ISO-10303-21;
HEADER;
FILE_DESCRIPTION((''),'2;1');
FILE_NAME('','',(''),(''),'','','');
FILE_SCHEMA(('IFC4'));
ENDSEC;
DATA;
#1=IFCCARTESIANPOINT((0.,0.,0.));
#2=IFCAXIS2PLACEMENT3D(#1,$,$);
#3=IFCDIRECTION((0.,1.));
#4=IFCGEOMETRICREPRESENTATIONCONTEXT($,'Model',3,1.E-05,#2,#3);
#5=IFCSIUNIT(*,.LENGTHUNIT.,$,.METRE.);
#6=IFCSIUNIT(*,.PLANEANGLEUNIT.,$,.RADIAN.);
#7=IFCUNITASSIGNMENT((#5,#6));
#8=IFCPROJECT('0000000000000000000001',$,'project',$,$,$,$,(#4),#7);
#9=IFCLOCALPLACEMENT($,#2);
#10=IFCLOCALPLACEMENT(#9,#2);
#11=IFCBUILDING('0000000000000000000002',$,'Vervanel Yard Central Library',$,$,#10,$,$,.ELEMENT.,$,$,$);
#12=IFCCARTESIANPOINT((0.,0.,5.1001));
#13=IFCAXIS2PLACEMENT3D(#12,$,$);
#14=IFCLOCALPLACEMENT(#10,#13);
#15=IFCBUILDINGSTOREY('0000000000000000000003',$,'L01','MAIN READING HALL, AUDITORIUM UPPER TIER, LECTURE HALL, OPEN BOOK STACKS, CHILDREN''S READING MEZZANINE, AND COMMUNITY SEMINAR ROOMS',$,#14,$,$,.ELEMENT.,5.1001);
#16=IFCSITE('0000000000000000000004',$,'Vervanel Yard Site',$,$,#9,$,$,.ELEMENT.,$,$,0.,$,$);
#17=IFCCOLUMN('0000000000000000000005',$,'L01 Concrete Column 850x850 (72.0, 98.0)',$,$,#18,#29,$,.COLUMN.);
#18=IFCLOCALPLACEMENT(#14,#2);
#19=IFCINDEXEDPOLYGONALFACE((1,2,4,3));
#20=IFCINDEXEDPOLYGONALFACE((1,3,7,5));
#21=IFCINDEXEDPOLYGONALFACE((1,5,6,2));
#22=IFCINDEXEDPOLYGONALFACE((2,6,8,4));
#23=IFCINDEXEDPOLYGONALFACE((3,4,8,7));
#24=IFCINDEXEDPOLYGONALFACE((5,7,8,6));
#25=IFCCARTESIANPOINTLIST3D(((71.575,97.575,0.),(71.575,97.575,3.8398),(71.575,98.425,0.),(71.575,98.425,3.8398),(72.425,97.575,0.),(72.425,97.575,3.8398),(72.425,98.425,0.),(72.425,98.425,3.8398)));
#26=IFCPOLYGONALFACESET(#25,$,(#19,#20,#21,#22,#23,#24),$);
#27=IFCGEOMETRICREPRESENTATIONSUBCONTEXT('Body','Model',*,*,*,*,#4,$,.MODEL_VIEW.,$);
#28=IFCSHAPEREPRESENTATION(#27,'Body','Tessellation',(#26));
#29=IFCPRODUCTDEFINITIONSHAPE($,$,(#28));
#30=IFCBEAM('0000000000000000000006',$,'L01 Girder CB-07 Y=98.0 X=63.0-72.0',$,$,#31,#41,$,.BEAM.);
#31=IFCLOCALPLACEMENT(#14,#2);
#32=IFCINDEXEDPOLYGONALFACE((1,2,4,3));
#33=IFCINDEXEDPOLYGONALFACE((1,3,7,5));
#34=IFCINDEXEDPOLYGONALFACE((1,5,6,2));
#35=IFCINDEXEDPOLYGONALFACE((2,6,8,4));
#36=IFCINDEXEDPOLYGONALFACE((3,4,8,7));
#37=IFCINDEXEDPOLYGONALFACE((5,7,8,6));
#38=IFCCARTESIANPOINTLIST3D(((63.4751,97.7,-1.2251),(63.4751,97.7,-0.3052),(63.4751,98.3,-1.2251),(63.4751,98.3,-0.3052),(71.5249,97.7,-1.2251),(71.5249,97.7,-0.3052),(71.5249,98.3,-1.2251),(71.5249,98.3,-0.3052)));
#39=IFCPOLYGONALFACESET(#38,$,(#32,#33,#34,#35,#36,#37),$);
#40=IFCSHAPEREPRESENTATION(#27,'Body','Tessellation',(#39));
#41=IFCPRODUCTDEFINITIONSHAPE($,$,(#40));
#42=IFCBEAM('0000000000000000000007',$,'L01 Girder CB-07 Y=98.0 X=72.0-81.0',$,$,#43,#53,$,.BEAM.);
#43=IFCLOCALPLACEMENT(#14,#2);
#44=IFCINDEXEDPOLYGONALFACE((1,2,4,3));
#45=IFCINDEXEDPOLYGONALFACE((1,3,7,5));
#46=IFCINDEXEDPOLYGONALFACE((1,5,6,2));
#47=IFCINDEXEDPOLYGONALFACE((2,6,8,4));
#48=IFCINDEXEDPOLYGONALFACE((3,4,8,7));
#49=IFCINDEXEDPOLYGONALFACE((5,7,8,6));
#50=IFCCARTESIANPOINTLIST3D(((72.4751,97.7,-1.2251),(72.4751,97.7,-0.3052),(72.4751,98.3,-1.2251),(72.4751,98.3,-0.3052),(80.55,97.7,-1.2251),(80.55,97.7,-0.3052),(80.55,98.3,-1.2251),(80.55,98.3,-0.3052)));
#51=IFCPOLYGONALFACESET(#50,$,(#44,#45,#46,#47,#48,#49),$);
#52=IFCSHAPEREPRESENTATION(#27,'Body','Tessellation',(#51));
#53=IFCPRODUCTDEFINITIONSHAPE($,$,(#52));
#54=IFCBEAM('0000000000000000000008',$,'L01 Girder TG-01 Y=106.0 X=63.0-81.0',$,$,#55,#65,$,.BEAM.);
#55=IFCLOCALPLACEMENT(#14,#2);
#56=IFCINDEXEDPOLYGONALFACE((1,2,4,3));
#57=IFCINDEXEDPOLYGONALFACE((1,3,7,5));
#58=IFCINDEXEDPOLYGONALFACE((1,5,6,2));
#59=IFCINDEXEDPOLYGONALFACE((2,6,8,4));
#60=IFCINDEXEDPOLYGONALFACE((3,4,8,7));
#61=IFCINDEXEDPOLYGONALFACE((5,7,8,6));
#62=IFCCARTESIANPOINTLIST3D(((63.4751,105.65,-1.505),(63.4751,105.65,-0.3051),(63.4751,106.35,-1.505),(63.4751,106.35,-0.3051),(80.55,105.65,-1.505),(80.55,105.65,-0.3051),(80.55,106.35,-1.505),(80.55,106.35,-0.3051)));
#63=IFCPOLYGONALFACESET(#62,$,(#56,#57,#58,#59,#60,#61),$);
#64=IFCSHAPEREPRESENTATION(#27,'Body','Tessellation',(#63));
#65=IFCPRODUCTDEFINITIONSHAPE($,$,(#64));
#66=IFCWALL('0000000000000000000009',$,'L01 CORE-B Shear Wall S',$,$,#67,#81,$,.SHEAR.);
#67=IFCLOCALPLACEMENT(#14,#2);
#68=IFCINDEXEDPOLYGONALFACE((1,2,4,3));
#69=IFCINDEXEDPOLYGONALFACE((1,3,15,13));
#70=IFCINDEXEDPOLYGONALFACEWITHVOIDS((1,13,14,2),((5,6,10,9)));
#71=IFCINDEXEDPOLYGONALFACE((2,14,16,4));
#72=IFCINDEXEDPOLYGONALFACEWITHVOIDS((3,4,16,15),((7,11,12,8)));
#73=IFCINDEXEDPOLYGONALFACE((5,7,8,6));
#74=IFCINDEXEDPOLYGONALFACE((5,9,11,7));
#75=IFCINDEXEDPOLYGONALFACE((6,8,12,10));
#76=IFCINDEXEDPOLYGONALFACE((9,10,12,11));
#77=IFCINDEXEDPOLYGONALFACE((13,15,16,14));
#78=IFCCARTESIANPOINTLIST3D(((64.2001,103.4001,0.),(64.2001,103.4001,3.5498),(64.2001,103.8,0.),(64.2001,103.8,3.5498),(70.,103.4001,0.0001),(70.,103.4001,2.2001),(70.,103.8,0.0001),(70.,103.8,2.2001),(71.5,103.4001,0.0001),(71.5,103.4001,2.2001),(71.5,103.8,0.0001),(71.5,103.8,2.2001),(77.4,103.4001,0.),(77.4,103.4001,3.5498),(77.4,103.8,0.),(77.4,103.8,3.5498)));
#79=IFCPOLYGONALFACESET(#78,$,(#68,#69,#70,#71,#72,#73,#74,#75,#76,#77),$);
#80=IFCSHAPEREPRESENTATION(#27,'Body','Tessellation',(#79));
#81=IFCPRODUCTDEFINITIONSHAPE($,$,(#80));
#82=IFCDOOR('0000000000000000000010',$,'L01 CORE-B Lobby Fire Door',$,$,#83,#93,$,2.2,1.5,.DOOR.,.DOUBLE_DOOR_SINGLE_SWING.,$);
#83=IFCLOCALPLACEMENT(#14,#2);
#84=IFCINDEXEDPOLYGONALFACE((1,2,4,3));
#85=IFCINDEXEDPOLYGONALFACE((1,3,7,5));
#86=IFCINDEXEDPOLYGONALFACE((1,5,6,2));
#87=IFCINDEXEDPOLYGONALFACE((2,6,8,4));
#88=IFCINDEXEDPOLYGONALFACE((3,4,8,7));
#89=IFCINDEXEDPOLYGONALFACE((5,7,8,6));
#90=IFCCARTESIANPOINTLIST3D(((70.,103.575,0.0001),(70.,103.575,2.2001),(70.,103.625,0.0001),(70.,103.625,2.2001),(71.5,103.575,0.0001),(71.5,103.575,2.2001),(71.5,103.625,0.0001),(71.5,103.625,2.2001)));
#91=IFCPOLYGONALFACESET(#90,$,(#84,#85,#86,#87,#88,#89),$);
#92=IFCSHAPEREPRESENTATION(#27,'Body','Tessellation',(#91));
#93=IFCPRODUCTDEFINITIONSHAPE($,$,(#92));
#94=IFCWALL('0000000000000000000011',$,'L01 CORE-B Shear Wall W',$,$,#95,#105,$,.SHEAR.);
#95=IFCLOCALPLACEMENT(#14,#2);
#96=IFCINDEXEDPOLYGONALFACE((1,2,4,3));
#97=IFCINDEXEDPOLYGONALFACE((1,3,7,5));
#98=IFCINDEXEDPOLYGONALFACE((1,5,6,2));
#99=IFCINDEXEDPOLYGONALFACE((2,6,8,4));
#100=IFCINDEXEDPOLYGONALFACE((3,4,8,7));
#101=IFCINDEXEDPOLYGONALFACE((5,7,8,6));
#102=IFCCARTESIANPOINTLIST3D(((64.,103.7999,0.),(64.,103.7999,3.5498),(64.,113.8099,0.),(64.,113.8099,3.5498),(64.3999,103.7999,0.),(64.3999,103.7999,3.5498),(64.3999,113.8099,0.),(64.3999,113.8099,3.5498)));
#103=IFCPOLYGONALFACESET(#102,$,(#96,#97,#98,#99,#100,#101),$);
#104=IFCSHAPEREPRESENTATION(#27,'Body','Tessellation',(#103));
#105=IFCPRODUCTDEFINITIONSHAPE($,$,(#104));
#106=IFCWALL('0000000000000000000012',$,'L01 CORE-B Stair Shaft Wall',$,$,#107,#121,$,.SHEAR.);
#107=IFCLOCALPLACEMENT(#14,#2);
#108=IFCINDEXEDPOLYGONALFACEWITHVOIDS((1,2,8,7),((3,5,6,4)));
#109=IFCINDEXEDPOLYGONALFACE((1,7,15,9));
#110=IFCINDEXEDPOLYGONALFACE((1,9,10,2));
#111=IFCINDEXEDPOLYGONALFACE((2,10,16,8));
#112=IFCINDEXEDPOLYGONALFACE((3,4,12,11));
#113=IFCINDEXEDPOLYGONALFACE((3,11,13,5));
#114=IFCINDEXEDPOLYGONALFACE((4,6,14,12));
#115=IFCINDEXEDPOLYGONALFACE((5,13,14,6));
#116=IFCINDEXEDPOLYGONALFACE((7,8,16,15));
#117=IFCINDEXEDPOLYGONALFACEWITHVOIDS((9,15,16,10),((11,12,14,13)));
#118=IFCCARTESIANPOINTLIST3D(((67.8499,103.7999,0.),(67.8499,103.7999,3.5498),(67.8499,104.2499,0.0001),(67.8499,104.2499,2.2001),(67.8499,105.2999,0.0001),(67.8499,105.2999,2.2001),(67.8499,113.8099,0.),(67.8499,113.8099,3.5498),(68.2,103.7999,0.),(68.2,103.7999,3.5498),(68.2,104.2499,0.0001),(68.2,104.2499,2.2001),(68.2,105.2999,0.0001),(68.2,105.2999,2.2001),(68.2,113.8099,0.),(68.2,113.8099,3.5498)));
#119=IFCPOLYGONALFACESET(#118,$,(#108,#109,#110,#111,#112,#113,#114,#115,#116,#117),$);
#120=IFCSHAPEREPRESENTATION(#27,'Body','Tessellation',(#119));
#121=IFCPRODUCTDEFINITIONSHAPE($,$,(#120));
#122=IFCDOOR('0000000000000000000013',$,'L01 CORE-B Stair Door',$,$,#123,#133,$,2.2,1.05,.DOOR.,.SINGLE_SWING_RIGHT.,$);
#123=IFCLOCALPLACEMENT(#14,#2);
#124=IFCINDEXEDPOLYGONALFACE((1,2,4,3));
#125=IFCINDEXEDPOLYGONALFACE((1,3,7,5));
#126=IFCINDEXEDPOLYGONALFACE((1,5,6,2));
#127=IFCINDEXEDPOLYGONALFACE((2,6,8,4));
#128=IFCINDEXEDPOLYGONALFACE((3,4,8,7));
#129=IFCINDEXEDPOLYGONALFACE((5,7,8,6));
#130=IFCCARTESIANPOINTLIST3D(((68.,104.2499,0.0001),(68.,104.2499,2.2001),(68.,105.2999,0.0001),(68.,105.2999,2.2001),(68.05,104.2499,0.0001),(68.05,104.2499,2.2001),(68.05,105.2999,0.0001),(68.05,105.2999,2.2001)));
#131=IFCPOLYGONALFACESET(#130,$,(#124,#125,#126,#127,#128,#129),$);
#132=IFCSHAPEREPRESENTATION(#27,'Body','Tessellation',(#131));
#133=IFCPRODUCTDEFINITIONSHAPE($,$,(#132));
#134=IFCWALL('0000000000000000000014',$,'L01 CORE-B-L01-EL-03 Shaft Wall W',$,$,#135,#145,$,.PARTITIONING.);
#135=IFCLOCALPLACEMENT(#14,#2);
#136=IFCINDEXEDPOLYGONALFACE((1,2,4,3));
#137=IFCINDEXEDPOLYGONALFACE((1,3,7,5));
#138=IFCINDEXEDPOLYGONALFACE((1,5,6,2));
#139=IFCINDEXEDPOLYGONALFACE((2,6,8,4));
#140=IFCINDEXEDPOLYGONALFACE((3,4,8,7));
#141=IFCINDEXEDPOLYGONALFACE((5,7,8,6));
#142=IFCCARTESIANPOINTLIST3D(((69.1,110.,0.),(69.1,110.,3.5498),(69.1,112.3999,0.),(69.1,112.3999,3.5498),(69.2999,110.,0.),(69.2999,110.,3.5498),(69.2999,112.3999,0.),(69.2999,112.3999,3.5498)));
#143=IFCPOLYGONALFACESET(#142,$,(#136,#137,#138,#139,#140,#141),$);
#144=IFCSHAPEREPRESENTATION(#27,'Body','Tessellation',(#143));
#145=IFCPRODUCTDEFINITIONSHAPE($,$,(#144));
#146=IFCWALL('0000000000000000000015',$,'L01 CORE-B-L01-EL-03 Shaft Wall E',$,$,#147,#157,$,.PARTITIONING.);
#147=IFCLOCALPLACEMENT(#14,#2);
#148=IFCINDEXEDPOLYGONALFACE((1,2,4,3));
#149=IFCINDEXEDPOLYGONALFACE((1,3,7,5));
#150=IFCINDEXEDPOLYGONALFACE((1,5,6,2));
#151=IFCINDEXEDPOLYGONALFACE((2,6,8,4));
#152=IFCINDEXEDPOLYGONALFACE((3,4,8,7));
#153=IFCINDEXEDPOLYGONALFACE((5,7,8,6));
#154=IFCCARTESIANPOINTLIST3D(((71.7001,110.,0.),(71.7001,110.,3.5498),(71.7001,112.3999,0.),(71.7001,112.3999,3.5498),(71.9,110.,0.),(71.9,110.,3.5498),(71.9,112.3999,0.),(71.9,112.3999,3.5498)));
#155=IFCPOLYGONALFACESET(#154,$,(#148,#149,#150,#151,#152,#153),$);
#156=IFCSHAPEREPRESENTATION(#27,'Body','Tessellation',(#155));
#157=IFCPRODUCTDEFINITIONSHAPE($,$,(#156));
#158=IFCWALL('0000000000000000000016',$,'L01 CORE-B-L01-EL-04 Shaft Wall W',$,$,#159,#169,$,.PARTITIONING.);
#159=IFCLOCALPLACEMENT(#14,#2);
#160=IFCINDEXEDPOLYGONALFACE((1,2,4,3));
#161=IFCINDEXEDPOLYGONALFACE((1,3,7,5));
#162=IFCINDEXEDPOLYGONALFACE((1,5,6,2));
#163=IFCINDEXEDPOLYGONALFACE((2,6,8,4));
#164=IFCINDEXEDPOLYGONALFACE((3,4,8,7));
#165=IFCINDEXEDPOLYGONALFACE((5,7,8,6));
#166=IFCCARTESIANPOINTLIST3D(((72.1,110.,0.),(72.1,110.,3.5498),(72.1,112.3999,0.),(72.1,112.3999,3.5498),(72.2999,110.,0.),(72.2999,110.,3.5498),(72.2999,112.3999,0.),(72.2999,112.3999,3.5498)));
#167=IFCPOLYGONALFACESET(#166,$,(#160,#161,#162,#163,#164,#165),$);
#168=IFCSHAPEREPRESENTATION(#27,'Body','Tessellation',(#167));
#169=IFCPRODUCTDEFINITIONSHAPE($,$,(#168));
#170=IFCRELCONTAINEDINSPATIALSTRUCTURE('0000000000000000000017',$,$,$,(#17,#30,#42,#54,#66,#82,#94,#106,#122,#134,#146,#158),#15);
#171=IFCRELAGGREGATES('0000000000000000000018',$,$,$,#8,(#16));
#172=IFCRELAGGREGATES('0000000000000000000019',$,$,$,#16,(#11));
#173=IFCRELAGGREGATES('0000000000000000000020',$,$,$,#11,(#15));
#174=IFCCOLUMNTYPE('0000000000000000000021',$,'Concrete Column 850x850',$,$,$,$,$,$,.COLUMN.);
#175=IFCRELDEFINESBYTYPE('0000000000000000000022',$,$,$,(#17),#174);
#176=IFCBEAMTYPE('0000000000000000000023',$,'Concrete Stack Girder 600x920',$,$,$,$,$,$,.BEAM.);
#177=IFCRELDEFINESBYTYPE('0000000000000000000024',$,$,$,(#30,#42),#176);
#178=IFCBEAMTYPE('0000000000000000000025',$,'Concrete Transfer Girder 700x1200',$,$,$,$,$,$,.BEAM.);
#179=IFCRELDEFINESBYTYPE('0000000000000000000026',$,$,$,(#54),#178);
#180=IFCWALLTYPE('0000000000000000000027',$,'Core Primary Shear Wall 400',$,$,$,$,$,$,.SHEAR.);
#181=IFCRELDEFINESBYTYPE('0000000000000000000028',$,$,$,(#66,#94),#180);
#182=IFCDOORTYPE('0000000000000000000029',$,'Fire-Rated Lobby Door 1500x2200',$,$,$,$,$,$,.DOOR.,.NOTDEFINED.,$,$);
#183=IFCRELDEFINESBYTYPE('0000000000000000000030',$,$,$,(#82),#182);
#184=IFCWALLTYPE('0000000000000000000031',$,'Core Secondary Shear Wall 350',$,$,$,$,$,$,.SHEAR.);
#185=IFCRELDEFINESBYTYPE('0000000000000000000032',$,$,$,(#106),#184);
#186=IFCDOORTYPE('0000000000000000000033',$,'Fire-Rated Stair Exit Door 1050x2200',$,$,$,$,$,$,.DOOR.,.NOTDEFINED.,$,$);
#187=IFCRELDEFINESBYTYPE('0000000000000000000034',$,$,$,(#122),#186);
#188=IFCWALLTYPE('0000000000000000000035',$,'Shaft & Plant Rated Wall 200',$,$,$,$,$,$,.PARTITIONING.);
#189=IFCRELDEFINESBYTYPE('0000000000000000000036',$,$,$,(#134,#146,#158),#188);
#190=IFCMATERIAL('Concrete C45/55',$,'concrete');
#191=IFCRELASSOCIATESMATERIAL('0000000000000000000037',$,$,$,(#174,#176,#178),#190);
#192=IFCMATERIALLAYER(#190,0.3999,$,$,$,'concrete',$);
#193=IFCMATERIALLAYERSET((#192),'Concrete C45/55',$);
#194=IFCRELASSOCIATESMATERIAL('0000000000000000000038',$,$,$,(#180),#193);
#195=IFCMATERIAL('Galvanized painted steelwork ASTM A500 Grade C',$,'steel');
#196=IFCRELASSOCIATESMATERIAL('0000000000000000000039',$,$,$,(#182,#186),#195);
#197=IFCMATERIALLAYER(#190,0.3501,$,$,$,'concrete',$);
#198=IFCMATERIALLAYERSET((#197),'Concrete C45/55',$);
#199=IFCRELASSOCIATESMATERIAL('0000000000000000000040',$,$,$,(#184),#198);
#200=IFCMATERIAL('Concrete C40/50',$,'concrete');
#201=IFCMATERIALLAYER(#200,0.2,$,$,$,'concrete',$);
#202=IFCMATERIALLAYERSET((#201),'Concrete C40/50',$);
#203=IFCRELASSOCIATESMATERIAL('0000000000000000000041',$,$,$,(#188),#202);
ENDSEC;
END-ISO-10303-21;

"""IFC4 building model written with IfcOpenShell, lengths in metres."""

from ifc_helpers import new_model, si_unit, direction, frame, frame_2d, origin, origin_2d, place, context, subcontext, project, spatial, rectangle, extrude, material, layer, layer_set, material_profile, profile_set, type_object, element, fill, save


model = new_model("IFC4")

# Units and contexts
model_context = context("Model", 3, precision=1e-05, world=origin(), true_north=direction((0.0, 1.0)))
body_context = subcontext(model_context, "Body", "Model", "MODEL_VIEW")
ifc_project = project(units=[si_unit("LENGTHUNIT", "METRE"), si_unit("PLANEANGLEUNIT", "RADIAN")], contexts=[model_context])

# Site, building, storey
site_placement = place(None, origin())
site = spatial("IfcSite", under=ifc_project, at=site_placement, Name="Vervanel Yard Site", CompositionType="ELEMENT", RefElevation=0.0)
building_placement = place(site_placement, origin())
building = spatial("IfcBuilding", under=site, at=building_placement, Name="Vervanel Yard Central Library", CompositionType="ELEMENT")
storey_placement = place(building_placement, frame((0.0, 0.0, 5.1001)))
storey = spatial("IfcBuildingStorey", under=building, at=storey_placement, Name="L01", Description="MAIN READING HALL, AUDITORIUM UPPER TIER, LECTURE HALL, OPEN BOOK STACKS, CHILDREN'S READING MEZZANINE, AND COMMUNITY SEMINAR ROOMS", CompositionType="ELEMENT", Elevation=5.1001)

# Column
ifc_material_1 = material(Name="Concrete C45/55", Category="concrete")
ifc_material_profile_1 = material_profile(ifc_material_1, rectangle(XDim=0.8501, YDim=0.8501, at=origin_2d()), Name="RC 850x850", Category="concrete")
ifc_profile_set_1 = profile_set([ifc_material_profile_1], Name="Concrete C45/55")
column_type = type_object("IfcColumnType", Name="Concrete Column 850x850", PredefinedType="COLUMN", material=ifc_profile_set_1)
column_placement = place(storey_placement, frame((72.0, 98.0, 0.0), z_axis=(0.0, 0.0, 1.0), x_axis=(1.0, 0.0, 0.0)))
element("IfcColumn", 1, at=column_placement, inside=storey, type_object=column_type, Name="L01 Concrete Column 850x850 (72.0, 98.0)", PredefinedType="COLUMN", context=body_context, shape_type="SweptSolid", body=[
    extrude(rectangle(XDim=0.8501, YDim=0.8501, at=origin_2d()), origin(), (0.0, 0.0, 1.0), 3.8398),
])

# Beams
ifc_material_profile_2 = material_profile(ifc_material_1, rectangle(XDim=0.6001, YDim=0.9199, at=origin_2d()), Name="RC 600x920", Category="concrete")
ifc_profile_set_2 = profile_set([ifc_material_profile_2], Name="Concrete C45/55")
beam_type_1 = type_object("IfcBeamType", Name="Concrete Stack Girder 600x920", PredefinedType="BEAM", material=ifc_profile_set_2)
beam_1_placement = place(storey_placement, frame((63.4751, 98.0, -0.7651), z_axis=(1.0, 0.0, 0.0), x_axis=(0.0, 1.0, 0.0)))
element("IfcBeam", 2, at=beam_1_placement, inside=storey, type_object=beam_type_1, Name="L01 Girder CB-07 Y=98.0 X=63.0-72.0", PredefinedType="BEAM", context=body_context, shape_type="SweptSolid", body=[
    extrude(rectangle(XDim=0.6001, YDim=0.9199, at=origin_2d()), origin(), (0.0, 0.0, 1.0), 8.0498),
])
beam_2_placement = place(storey_placement, frame((72.4751, 98.0, -0.7651), z_axis=(1.0, 0.0, 0.0), x_axis=(0.0, 1.0, 0.0)))
element("IfcBeam", 3, at=beam_2_placement, inside=storey, type_object=beam_type_1, Name="L01 Girder CB-07 Y=98.0 X=72.0-81.0", PredefinedType="BEAM", context=body_context, shape_type="SweptSolid", body=[
    extrude(rectangle(XDim=0.6001, YDim=0.9199, at=origin_2d()), origin(), (0.0, 0.0, 1.0), 8.075),
])
ifc_material_profile_3 = material_profile(ifc_material_1, rectangle(XDim=0.7, YDim=1.2, at=origin_2d()), Name="RC 700x1200", Category="concrete")
ifc_profile_set_3 = profile_set([ifc_material_profile_3], Name="Concrete C45/55")
beam_type_2 = type_object("IfcBeamType", Name="Concrete Transfer Girder 700x1200", PredefinedType="BEAM", material=ifc_profile_set_3)
beam_3_placement = place(storey_placement, frame((63.4751, 106.0, -0.905), z_axis=(1.0, 0.0, 0.0), x_axis=(0.0, 1.0, 0.0)))
element("IfcBeam", 4, at=beam_3_placement, inside=storey, type_object=beam_type_2, Name="L01 Girder TG-01 Y=106.0 X=63.0-81.0", PredefinedType="BEAM", context=body_context, shape_type="SweptSolid", body=[
    extrude(rectangle(XDim=0.7, YDim=1.2, at=origin_2d()), origin(), (0.0, 0.0, 1.0), 17.075),
])

# Wall, opening, door
ifc_layer_1 = layer(ifc_material_1, 0.3999, Category="concrete")
ifc_layer_set_1 = layer_set([ifc_layer_1], Name="Concrete C45/55")
wall_type_1 = type_object("IfcWallType", Name="Core Primary Shear Wall 400", PredefinedType="SHEAR", material=ifc_layer_set_1)
wall_1_placement = place(storey_placement, frame((64.2, 103.6001, 0.0), z_axis=(0.0, 0.0, 1.0), x_axis=(1.0, 0.0, 0.0)))
wall_1 = element("IfcWall", 5, at=wall_1_placement, inside=storey, type_object=wall_type_1, Name="L01 CORE-B Shear Wall S", PredefinedType="SHEAR", context=body_context, shape_type="SweptSolid", body=[
    extrude(rectangle(XDim=13.2, YDim=0.3999, at=frame_2d((6.6001, 0.0))), origin(), (0.0, 0.0, 1.0), 3.5498),
])
opening_1_placement = place(wall_1_placement, frame((5.8, 0.0, 0.0)))
opening_1 = element("IfcOpeningElement", 6, at=opening_1_placement, cuts=wall_1, PredefinedType="OPENING", context=body_context, shape_type="SweptSolid", body=[
    extrude(rectangle(XDim=1.5, YDim=2.2, at=frame_2d((0.75, 1.1001))), frame((0.0, 0.21, 0.0), z_axis=(0.0, -1.0, 0.0), x_axis=(1.0, 0.0, 0.0)), (0.0, 0.0, 1.0), 0.4199),
])
ifc_material_2 = material(Name="Galvanized painted steelwork ASTM A500 Grade C", Category="steel")
door_type_1 = type_object("IfcDoorType", Name="Fire-Rated Lobby Door 1500x2200", OperationType="NOTDEFINED", PredefinedType="DOOR", material=ifc_material_2)
door_1_placement = place(opening_1_placement, origin())
door_1 = element("IfcDoor", 7, at=door_1_placement, inside=storey, type_object=door_type_1, Name="L01 CORE-B Lobby Fire Door", OperationType="DOUBLE_DOOR_SINGLE_SWING", OverallHeight=2.2, OverallWidth=1.5, PredefinedType="DOOR", context=body_context, shape_type="SweptSolid", body=[
    extrude(rectangle(XDim=1.5, YDim=2.2, at=frame_2d((0.75, 1.1001))), frame((0.0, 0.0249, 0.0), z_axis=(0.0, -1.0, 0.0), x_axis=(1.0, 0.0, 0.0)), (0.0, 0.0, 1.0), 0.05),
])
fill(opening_1, door_1)

# Wall
wall_2_placement = place(storey_placement, frame((64.2, 103.8, 0.0), z_axis=(0.0, 0.0, 1.0), x_axis=(0.0, 1.0, 0.0)))
element("IfcWall", 8, at=wall_2_placement, inside=storey, type_object=wall_type_1, Name="L01 CORE-B Shear Wall W", PredefinedType="SHEAR", context=body_context, shape_type="SweptSolid", body=[
    extrude(rectangle(XDim=10.01, YDim=0.3999, at=frame_2d((5.0049, 0.0))), origin(), (0.0, 0.0, 1.0), 3.5498),
])

# Wall, opening, door
ifc_layer_2 = layer(ifc_material_1, 0.3501, Category="concrete")
ifc_layer_set_2 = layer_set([ifc_layer_2], Name="Concrete C45/55")
wall_type_2 = type_object("IfcWallType", Name="Core Secondary Shear Wall 350", PredefinedType="SHEAR", material=ifc_layer_set_2)
wall_3_placement = place(storey_placement, frame((68.0249, 103.8, 0.0), z_axis=(0.0, 0.0, 1.0), x_axis=(0.0, 1.0, 0.0)))
wall_3 = element("IfcWall", 9, at=wall_3_placement, inside=storey, type_object=wall_type_2, Name="L01 CORE-B Stair Shaft Wall", PredefinedType="SHEAR", context=body_context, shape_type="SweptSolid", body=[
    extrude(rectangle(XDim=10.01, YDim=0.3501, at=frame_2d((5.0049, 0.0))), origin(), (0.0, 0.0, 1.0), 3.5498),
])
opening_2_placement = place(wall_3_placement, frame((0.45, 0.0, 0.0)))
opening_2 = element("IfcOpeningElement", 10, at=opening_2_placement, cuts=wall_3, PredefinedType="OPENING", context=body_context, shape_type="SweptSolid", body=[
    extrude(rectangle(XDim=1.05, YDim=2.2, at=frame_2d((0.5249, 1.1001))), frame((0.0, 0.1851, 0.0), z_axis=(0.0, -1.0, 0.0), x_axis=(1.0, 0.0, 0.0)), (0.0, 0.0, 1.0), 0.3701),
])
door_type_2 = type_object("IfcDoorType", Name="Fire-Rated Stair Exit Door 1050x2200", OperationType="NOTDEFINED", PredefinedType="DOOR", material=ifc_material_2)
door_2_placement = place(opening_2_placement, origin())
door_2 = element("IfcDoor", 11, at=door_2_placement, inside=storey, type_object=door_type_2, Name="L01 CORE-B Stair Door", OperationType="SINGLE_SWING_RIGHT", OverallHeight=2.2, OverallWidth=1.05, PredefinedType="DOOR", context=body_context, shape_type="SweptSolid", body=[
    extrude(rectangle(XDim=1.05, YDim=2.2, at=frame_2d((0.5249, 1.1001))), frame((0.0, 0.0249, 0.0), z_axis=(0.0, -1.0, 0.0), x_axis=(1.0, 0.0, 0.0)), (0.0, 0.0, 1.0), 0.05),
])
fill(opening_2, door_2)
ifc_material_3 = material(Name="Concrete C40/50", Category="concrete")
ifc_layer_3 = layer(ifc_material_3, 0.2, Category="concrete")
ifc_layer_set_3 = layer_set([ifc_layer_3], Name="Concrete C40/50")
wall_type_3 = type_object("IfcWallType", Name="Shaft & Plant Rated Wall 200", PredefinedType="PARTITIONING", material=ifc_layer_set_3)

# Walls
for number, where, z_axis, x_axis, name in (
    (12, (69.2, 110.0, 0.0), (0.0, 0.0, 1.0), (0.0, 1.0, 0.0), "L01 CORE-B-L01-EL-03 Shaft Wall W"),
    (13, (71.8, 110.0, 0.0), (0.0, 0.0, 1.0), (0.0, 1.0, 0.0), "L01 CORE-B-L01-EL-03 Shaft Wall E"),
):
    element("IfcWall", number, at=place(storey_placement, frame(where, z_axis=z_axis, x_axis=x_axis)), inside=storey, type_object=wall_type_3, Name=name, PredefinedType="PARTITIONING", context=body_context, shape_type="SweptSolid", body=[
        extrude(rectangle(XDim=2.3999, YDim=0.2, at=frame_2d((1.2, 0.0))), origin(), (0.0, 0.0, 1.0), 3.5498),
    ])

# Wall
wall_4_placement = place(storey_placement, frame((72.2, 110.0, 0.0), z_axis=(0.0, 0.0, 1.0), x_axis=(0.0, 1.0, 0.0)))
element("IfcWall", 14, at=wall_4_placement, inside=storey, type_object=wall_type_3, Name="L01 CORE-B-L01-EL-04 Shaft Wall W", PredefinedType="PARTITIONING", context=body_context, shape_type="SweptSolid", body=[
    extrude(rectangle(XDim=2.3999, YDim=0.2, at=frame_2d((1.2, 0.0))), origin(), (0.0, 0.0, 1.0), 3.5498),
])

save(model, "model.ifc")
